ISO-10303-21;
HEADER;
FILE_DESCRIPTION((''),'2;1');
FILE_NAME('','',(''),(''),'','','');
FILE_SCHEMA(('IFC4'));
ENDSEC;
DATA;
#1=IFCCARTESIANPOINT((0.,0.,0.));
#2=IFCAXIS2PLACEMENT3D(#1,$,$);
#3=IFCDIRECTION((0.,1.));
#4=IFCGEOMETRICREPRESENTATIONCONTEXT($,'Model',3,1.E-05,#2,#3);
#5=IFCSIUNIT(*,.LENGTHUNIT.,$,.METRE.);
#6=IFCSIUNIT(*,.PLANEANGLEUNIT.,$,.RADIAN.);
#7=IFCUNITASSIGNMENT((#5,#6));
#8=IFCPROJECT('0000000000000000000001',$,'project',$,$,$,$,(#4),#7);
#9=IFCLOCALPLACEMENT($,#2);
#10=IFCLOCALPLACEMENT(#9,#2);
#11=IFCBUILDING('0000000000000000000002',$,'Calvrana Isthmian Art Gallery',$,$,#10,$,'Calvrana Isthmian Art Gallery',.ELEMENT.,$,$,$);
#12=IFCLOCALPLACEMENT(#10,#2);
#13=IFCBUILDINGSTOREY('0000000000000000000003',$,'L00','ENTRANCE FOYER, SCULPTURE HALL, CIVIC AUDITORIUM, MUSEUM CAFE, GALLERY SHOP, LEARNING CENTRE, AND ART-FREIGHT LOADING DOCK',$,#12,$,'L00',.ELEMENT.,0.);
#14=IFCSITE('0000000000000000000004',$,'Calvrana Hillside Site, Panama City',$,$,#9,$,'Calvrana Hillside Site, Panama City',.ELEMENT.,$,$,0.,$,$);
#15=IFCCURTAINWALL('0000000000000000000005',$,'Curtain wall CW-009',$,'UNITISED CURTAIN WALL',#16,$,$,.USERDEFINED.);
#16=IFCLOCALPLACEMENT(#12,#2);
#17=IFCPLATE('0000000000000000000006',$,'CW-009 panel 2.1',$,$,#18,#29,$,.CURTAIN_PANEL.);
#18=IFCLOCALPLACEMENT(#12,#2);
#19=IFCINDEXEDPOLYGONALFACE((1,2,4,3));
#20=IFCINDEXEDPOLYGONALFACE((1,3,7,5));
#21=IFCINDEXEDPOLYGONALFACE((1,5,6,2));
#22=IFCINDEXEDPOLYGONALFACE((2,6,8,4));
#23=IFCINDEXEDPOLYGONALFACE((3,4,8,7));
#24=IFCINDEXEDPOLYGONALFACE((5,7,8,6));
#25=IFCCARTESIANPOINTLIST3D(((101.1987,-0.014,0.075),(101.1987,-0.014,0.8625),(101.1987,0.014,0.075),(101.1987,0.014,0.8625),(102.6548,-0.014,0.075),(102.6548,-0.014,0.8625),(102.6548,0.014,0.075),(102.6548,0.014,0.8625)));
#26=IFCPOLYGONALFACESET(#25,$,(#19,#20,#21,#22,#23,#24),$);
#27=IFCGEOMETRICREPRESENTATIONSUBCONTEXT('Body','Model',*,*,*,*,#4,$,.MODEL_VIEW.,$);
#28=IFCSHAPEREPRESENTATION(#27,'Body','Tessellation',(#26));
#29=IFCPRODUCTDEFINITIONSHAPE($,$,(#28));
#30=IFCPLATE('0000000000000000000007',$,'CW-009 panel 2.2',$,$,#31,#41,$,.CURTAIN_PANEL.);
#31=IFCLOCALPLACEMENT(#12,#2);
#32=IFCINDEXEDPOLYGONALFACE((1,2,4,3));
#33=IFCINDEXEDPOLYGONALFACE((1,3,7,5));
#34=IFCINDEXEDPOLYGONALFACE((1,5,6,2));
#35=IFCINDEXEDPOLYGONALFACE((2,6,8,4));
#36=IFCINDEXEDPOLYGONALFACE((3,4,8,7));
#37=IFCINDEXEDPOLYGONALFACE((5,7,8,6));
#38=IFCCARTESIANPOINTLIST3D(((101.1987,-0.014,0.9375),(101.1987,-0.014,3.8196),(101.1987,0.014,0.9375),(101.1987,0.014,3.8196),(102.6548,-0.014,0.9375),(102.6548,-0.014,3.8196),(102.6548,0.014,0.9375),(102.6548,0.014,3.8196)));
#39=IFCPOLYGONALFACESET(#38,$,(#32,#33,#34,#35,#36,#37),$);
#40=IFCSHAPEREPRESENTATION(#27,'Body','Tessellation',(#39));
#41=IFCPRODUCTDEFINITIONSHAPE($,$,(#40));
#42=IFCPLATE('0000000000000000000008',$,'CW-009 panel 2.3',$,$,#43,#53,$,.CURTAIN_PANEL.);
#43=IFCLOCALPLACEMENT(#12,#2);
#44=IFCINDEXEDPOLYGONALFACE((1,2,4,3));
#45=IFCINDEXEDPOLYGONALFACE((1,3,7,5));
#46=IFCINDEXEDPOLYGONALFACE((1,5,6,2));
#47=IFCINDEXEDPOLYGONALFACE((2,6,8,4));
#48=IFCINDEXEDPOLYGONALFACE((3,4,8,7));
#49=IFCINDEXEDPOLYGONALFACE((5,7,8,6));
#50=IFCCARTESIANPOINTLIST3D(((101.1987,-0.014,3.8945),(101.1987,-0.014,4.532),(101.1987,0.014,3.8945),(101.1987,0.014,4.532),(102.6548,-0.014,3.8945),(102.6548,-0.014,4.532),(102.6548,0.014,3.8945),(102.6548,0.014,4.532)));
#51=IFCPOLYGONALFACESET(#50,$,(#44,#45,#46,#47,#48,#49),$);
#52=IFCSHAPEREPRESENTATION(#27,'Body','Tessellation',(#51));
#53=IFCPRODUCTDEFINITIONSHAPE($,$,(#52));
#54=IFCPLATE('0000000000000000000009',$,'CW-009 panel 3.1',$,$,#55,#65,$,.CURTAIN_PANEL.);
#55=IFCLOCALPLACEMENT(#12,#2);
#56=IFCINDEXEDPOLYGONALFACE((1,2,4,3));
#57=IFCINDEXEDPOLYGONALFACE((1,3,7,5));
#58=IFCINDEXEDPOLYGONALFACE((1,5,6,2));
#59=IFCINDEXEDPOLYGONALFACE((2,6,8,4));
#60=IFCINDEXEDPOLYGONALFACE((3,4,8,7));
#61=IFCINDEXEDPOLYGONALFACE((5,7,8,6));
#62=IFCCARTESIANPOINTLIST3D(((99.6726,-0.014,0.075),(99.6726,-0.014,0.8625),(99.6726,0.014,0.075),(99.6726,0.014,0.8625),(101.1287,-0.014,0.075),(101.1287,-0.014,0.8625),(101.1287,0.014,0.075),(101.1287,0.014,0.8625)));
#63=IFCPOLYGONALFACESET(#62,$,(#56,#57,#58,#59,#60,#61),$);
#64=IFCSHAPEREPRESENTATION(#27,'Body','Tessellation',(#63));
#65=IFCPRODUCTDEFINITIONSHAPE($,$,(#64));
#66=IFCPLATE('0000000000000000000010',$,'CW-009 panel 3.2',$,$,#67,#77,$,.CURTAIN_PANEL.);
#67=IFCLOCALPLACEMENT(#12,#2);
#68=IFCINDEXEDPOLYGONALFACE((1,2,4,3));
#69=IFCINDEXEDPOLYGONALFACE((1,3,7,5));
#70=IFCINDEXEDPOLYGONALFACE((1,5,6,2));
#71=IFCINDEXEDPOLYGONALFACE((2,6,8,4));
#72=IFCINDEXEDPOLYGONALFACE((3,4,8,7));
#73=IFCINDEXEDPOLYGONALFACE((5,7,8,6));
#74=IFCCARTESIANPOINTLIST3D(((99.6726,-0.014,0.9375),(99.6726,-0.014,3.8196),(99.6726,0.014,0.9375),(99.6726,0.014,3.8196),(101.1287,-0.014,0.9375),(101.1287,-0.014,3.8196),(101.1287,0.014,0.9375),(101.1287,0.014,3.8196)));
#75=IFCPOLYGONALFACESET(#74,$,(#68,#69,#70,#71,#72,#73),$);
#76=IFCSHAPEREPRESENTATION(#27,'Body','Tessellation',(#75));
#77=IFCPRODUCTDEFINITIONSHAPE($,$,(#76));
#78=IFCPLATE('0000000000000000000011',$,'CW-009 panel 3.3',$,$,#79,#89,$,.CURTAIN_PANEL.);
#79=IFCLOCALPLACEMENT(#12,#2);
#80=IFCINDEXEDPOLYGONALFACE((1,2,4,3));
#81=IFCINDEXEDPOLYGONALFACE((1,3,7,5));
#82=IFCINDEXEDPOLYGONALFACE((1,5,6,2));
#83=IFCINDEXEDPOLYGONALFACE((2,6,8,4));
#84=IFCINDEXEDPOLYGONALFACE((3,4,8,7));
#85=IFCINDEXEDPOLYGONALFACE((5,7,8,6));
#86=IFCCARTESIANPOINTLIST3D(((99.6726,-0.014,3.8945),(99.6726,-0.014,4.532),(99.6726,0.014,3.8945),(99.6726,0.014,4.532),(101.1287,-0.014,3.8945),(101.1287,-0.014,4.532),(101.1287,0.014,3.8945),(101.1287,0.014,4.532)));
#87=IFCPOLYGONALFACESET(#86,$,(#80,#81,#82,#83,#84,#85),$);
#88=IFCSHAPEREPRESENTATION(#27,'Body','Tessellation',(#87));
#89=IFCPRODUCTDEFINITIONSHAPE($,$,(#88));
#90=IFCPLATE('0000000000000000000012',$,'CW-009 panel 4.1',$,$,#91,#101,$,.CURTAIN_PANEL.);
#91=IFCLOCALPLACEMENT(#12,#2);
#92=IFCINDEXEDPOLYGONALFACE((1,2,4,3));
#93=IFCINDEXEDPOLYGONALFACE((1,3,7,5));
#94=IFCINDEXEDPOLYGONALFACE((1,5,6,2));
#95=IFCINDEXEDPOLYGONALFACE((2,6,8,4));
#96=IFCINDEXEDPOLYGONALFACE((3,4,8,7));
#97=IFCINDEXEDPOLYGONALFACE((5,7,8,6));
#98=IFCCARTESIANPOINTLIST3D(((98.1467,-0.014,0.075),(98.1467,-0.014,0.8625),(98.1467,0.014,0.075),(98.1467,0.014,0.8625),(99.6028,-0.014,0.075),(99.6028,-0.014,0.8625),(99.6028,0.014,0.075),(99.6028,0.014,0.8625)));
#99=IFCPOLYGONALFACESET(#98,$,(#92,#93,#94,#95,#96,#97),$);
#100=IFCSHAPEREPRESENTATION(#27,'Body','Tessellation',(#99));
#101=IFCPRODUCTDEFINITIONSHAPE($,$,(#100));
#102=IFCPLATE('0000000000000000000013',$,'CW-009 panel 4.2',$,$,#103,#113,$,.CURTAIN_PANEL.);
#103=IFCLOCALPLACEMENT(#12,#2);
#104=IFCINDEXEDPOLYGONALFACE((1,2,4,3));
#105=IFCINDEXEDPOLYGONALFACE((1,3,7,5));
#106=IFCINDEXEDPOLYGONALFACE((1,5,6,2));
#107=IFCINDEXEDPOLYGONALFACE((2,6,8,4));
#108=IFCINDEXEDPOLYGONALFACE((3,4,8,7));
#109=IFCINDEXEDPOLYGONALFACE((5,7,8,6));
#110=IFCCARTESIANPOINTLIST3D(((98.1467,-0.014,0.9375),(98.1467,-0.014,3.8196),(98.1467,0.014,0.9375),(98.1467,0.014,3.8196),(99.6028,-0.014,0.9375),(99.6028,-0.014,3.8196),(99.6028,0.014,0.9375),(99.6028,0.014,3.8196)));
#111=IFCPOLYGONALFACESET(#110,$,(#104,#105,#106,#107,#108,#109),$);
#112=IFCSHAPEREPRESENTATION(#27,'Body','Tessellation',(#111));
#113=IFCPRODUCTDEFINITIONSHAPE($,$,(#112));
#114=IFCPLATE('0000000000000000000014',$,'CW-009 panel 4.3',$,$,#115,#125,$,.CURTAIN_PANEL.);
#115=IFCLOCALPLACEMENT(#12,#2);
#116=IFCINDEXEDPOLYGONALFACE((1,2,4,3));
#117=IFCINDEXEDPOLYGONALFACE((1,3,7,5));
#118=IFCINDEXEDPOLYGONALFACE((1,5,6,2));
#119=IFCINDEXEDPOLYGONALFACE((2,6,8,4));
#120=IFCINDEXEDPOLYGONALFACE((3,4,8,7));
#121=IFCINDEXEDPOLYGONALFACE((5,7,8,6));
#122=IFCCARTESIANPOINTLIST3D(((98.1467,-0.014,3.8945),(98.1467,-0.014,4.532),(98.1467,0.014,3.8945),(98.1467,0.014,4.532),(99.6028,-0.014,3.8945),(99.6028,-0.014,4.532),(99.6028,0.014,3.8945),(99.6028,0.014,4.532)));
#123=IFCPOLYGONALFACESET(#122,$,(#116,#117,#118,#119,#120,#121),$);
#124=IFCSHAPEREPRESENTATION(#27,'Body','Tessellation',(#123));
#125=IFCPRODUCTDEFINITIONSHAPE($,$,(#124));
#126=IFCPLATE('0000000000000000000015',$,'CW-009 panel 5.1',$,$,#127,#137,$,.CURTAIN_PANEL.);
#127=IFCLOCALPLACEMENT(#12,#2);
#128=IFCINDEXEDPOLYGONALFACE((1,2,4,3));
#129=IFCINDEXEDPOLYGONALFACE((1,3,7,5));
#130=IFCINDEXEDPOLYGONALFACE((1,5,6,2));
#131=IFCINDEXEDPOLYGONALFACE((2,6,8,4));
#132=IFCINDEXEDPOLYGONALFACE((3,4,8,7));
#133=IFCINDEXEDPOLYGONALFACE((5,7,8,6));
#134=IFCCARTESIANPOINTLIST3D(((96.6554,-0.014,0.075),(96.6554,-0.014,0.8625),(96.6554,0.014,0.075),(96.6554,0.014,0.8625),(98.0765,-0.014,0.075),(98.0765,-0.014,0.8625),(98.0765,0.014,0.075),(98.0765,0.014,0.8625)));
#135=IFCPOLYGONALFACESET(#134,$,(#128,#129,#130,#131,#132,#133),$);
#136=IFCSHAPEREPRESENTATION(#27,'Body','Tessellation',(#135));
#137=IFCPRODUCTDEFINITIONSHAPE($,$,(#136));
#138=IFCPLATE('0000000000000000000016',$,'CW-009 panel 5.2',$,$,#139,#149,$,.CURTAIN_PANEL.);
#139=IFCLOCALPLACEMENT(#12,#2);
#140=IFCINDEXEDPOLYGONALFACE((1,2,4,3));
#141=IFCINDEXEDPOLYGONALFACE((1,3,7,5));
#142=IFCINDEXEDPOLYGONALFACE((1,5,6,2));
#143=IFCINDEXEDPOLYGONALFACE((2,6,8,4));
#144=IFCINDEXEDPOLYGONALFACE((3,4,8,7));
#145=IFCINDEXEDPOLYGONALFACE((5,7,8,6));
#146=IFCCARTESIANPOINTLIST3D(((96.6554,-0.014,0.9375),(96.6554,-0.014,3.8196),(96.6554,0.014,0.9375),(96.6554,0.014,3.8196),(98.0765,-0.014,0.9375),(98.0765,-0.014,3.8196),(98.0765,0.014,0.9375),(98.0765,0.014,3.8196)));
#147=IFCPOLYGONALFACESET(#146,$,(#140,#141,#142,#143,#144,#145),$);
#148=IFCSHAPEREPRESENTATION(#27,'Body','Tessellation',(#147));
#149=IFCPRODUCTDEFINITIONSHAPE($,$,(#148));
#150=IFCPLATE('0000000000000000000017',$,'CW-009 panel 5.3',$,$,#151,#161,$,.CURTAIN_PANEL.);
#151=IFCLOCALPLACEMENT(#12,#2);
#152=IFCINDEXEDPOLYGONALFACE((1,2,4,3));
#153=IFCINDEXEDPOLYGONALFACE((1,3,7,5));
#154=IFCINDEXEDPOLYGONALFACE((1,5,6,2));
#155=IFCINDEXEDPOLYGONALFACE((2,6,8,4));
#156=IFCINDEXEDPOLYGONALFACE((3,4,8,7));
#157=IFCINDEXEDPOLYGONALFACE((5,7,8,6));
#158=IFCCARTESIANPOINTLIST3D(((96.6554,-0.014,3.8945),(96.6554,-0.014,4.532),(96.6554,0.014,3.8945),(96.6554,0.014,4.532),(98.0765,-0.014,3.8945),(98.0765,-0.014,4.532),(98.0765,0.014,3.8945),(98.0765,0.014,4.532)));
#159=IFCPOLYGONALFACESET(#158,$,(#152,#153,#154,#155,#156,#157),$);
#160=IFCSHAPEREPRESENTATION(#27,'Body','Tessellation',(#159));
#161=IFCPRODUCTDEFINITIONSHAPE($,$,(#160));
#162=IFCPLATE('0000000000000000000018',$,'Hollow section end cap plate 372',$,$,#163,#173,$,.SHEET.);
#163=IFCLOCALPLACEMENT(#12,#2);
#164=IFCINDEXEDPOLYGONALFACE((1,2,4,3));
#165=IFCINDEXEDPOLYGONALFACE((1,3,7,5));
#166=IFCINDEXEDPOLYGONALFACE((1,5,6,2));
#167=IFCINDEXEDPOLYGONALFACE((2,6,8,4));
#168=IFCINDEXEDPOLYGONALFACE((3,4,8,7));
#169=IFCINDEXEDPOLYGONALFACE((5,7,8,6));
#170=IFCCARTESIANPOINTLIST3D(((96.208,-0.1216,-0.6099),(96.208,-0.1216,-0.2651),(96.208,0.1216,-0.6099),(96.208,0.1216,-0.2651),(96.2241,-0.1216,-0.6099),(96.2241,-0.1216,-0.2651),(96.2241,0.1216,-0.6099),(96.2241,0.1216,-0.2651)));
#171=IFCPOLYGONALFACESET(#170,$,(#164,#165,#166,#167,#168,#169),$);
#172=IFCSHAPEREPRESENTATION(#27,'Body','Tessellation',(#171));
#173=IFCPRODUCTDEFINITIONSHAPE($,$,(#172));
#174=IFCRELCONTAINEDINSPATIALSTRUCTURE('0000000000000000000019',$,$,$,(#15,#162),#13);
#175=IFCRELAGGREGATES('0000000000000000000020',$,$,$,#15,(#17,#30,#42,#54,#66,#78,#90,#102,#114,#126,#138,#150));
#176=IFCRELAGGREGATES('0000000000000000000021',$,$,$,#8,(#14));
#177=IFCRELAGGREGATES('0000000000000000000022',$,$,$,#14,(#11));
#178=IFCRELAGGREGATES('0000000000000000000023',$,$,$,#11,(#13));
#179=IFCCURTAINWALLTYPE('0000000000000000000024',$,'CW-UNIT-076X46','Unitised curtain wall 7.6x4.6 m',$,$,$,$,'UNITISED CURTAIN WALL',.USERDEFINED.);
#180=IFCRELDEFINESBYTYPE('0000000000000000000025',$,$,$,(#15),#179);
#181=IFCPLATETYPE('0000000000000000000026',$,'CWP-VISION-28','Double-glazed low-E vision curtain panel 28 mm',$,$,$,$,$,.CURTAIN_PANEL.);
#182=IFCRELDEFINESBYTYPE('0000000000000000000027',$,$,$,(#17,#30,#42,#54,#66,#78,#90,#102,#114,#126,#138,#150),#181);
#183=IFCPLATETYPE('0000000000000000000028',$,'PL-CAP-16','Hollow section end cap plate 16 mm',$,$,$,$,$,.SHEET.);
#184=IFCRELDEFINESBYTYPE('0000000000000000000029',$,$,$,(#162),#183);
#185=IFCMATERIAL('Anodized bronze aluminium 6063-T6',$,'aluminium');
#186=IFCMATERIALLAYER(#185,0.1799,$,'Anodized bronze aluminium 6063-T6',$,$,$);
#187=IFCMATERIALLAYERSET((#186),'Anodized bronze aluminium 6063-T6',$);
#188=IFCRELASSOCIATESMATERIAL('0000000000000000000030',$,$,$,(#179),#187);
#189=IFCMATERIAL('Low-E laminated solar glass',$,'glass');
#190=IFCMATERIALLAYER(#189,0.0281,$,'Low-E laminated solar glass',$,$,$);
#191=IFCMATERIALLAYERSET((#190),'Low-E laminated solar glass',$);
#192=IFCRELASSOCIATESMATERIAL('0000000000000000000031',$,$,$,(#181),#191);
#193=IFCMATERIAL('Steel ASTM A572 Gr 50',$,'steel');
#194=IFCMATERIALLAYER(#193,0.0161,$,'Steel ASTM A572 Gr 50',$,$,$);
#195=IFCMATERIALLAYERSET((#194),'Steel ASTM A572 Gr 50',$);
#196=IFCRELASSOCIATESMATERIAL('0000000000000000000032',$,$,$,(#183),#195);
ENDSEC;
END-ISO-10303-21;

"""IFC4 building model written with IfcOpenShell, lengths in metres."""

from ifc_helpers import new_model, si_unit, direction, frame, origin, origin_2d, place, context, subcontext, project, spatial, rectangle, extrude, material, layer, layer_set, type_object, element, aggregate, save


model = new_model("IFC4")

# Units and contexts
model_context = context("Model", 3, precision=1e-05, world=origin(), true_north=direction((0.0, 1.0)))
body_context = subcontext(model_context, "Body", "Model", "MODEL_VIEW")
ifc_project = project(units=[si_unit("LENGTHUNIT", "METRE"), si_unit("PLANEANGLEUNIT", "RADIAN")], contexts=[model_context])

# Site, building, storey
site_placement = place(None, origin())
site = spatial("IfcSite", under=ifc_project, at=site_placement, Name="Calvrana Hillside Site, Panama City", LongName="Calvrana Hillside Site, Panama City", CompositionType="ELEMENT", RefElevation=0.0)
building_placement = place(site_placement, origin())
building = spatial("IfcBuilding", under=site, at=building_placement, Name="Calvrana Isthmian Art Gallery", LongName="Calvrana Isthmian Art Gallery", CompositionType="ELEMENT")
storey_placement = place(building_placement, origin())
storey = spatial("IfcBuildingStorey", under=building, at=storey_placement, Name="L00", Description="ENTRANCE FOYER, SCULPTURE HALL, CIVIC AUDITORIUM, MUSEUM CAFE, GALLERY SHOP, LEARNING CENTRE, AND ART-FREIGHT LOADING DOCK", LongName="L00", CompositionType="ELEMENT", Elevation=0.0)

# Curtain wall, plates
ifc_material_1 = material(Name="Anodized bronze aluminium 6063-T6", Category="aluminium")
ifc_layer_1 = layer(ifc_material_1, 0.1799, Name="Anodized bronze aluminium 6063-T6")
ifc_layer_set_1 = layer_set([ifc_layer_1], Name="Anodized bronze aluminium 6063-T6")
curtain_wall_type = type_object("IfcCurtainWallType", Name="CW-UNIT-076X46", Description="Unitised curtain wall 7.6x4.6 m", ElementType="UNITISED CURTAIN WALL", PredefinedType="USERDEFINED", material=ifc_layer_set_1)
curtain_wall_placement = place(storey_placement, origin())
curtain_wall = element("IfcCurtainWall", 1, at=curtain_wall_placement, inside=storey, type_object=curtain_wall_type, Name="Curtain wall CW-009", ObjectType="UNITISED CURTAIN WALL", PredefinedType="USERDEFINED")
ifc_material_2 = material(Name="Low-E laminated solar glass", Category="glass")
ifc_layer_2 = layer(ifc_material_2, 0.0281, Name="Low-E laminated solar glass")
ifc_layer_set_2 = layer_set([ifc_layer_2], Name="Low-E laminated solar glass")
plate_type_1 = type_object("IfcPlateType", Name="CWP-VISION-28", Description="Double-glazed low-E vision curtain panel 28 mm", PredefinedType="CURTAIN_PANEL", material=ifc_layer_set_2)
plate_1_placement = place(storey_placement, frame((101.9268, 0.0, 0.075), z_axis=(0.0, 0.0, 1.0), x_axis=(-1.0, 0.0, 0.0)))
plate_1 = element("IfcPlate", 2, at=plate_1_placement, type_object=plate_type_1, Name="CW-009 panel 2.1", PredefinedType="CURTAIN_PANEL", context=body_context, shape_type="SweptSolid", body=[
    extrude(rectangle(XDim=1.4561, YDim=0.0281, at=origin_2d()), origin(), (0.0, 0.0, 1.0), 0.7876),
])
plate_2_placement = place(storey_placement, frame((101.9268, 0.0, 0.9375), z_axis=(0.0, 0.0, 1.0), x_axis=(-1.0, 0.0, 0.0)))
plate_2 = element("IfcPlate", 3, at=plate_2_placement, type_object=plate_type_1, Name="CW-009 panel 2.2", PredefinedType="CURTAIN_PANEL", context=body_context, shape_type="SweptSolid", body=[
    extrude(rectangle(XDim=1.4561, YDim=0.0281, at=origin_2d()), origin(), (0.0, 0.0, 1.0), 2.8821),
])
plate_3_placement = place(storey_placement, frame((101.9268, 0.0, 3.8945), z_axis=(0.0, 0.0, 1.0), x_axis=(-1.0, 0.0, 0.0)))
plate_3 = element("IfcPlate", 4, at=plate_3_placement, type_object=plate_type_1, Name="CW-009 panel 2.3", PredefinedType="CURTAIN_PANEL", context=body_context, shape_type="SweptSolid", body=[
    extrude(rectangle(XDim=1.4561, YDim=0.0281, at=origin_2d()), origin(), (0.0, 0.0, 1.0), 0.6375),
])
plate_4_placement = place(storey_placement, frame((100.4006, 0.0, 0.075), z_axis=(0.0, 0.0, 1.0), x_axis=(-1.0, 0.0, 0.0)))
plate_4 = element("IfcPlate", 5, at=plate_4_placement, type_object=plate_type_1, Name="CW-009 panel 3.1", PredefinedType="CURTAIN_PANEL", context=body_context, shape_type="SweptSolid", body=[
    extrude(rectangle(XDim=1.4561, YDim=0.0281, at=origin_2d()), origin(), (0.0, 0.0, 1.0), 0.7876),
])
plate_5_placement = place(storey_placement, frame((100.4006, 0.0, 0.9375), z_axis=(0.0, 0.0, 1.0), x_axis=(-1.0, 0.0, 0.0)))
plate_5 = element("IfcPlate", 6, at=plate_5_placement, type_object=plate_type_1, Name="CW-009 panel 3.2", PredefinedType="CURTAIN_PANEL", context=body_context, shape_type="SweptSolid", body=[
    extrude(rectangle(XDim=1.4561, YDim=0.0281, at=origin_2d()), origin(), (0.0, 0.0, 1.0), 2.8821),
])
plate_6_placement = place(storey_placement, frame((100.4006, 0.0, 3.8945), z_axis=(0.0, 0.0, 1.0), x_axis=(-1.0, 0.0, 0.0)))
plate_6 = element("IfcPlate", 7, at=plate_6_placement, type_object=plate_type_1, Name="CW-009 panel 3.3", PredefinedType="CURTAIN_PANEL", context=body_context, shape_type="SweptSolid", body=[
    extrude(rectangle(XDim=1.4561, YDim=0.0281, at=origin_2d()), origin(), (0.0, 0.0, 1.0), 0.6375),
])
plate_7_placement = place(storey_placement, frame((98.8748, 0.0, 0.075), z_axis=(0.0, 0.0, 1.0), x_axis=(-1.0, 0.0, 0.0)))
plate_7 = element("IfcPlate", 8, at=plate_7_placement, type_object=plate_type_1, Name="CW-009 panel 4.1", PredefinedType="CURTAIN_PANEL", context=body_context, shape_type="SweptSolid", body=[
    extrude(rectangle(XDim=1.4561, YDim=0.0281, at=origin_2d()), origin(), (0.0, 0.0, 1.0), 0.7876),
])
plate_8_placement = place(storey_placement, frame((98.8748, 0.0, 0.9375), z_axis=(0.0, 0.0, 1.0), x_axis=(-1.0, 0.0, 0.0)))
plate_8 = element("IfcPlate", 9, at=plate_8_placement, type_object=plate_type_1, Name="CW-009 panel 4.2", PredefinedType="CURTAIN_PANEL", context=body_context, shape_type="SweptSolid", body=[
    extrude(rectangle(XDim=1.4561, YDim=0.0281, at=origin_2d()), origin(), (0.0, 0.0, 1.0), 2.8821),
])
plate_9_placement = place(storey_placement, frame((98.8748, 0.0, 3.8945), z_axis=(0.0, 0.0, 1.0), x_axis=(-1.0, 0.0, 0.0)))
plate_9 = element("IfcPlate", 10, at=plate_9_placement, type_object=plate_type_1, Name="CW-009 panel 4.3", PredefinedType="CURTAIN_PANEL", context=body_context, shape_type="SweptSolid", body=[
    extrude(rectangle(XDim=1.4561, YDim=0.0281, at=origin_2d()), origin(), (0.0, 0.0, 1.0), 0.6375),
])
plate_10_placement = place(storey_placement, frame((97.366, 0.0, 0.075), z_axis=(0.0, 0.0, 1.0), x_axis=(-1.0, 0.0, 0.0)))
plate_10 = element("IfcPlate", 11, at=plate_10_placement, type_object=plate_type_1, Name="CW-009 panel 5.1", PredefinedType="CURTAIN_PANEL", context=body_context, shape_type="SweptSolid", body=[
    extrude(rectangle(XDim=1.4211, YDim=0.0281, at=origin_2d()), origin(), (0.0, 0.0, 1.0), 0.7876),
])
plate_11_placement = place(storey_placement, frame((97.366, 0.0, 0.9375), z_axis=(0.0, 0.0, 1.0), x_axis=(-1.0, 0.0, 0.0)))
plate_11 = element("IfcPlate", 12, at=plate_11_placement, type_object=plate_type_1, Name="CW-009 panel 5.2", PredefinedType="CURTAIN_PANEL", context=body_context, shape_type="SweptSolid", body=[
    extrude(rectangle(XDim=1.4211, YDim=0.0281, at=origin_2d()), origin(), (0.0, 0.0, 1.0), 2.8821),
])
plate_12_placement = place(storey_placement, frame((97.366, 0.0, 3.8945), z_axis=(0.0, 0.0, 1.0), x_axis=(-1.0, 0.0, 0.0)))
plate_12 = element("IfcPlate", 13, at=plate_12_placement, type_object=plate_type_1, Name="CW-009 panel 5.3", PredefinedType="CURTAIN_PANEL", context=body_context, shape_type="SweptSolid", body=[
    extrude(rectangle(XDim=1.4211, YDim=0.0281, at=origin_2d()), origin(), (0.0, 0.0, 1.0), 0.6375),
])
aggregate(curtain_wall, [plate_1, plate_2, plate_3, plate_4, plate_5, plate_6, plate_7, plate_8, plate_9, plate_10, plate_11, plate_12])

# Plate
ifc_material_3 = material(Name="Steel ASTM A572 Gr 50", Category="steel")
ifc_layer_3 = layer(ifc_material_3, 0.0161, Name="Steel ASTM A572 Gr 50")
ifc_layer_set_3 = layer_set([ifc_layer_3], Name="Steel ASTM A572 Gr 50")
plate_type_2 = type_object("IfcPlateType", Name="PL-CAP-16", Description="Hollow section end cap plate 16 mm", PredefinedType="SHEET", material=ifc_layer_set_3)
plate_13_placement = place(storey_placement, frame((96.2161, 0.0, -0.6099), z_axis=(0.0, 0.0, 1.0), x_axis=(1.0, 0.0, 0.0)))
element("IfcPlate", 14, at=plate_13_placement, inside=storey, type_object=plate_type_2, Name="Hollow section end cap plate 372", PredefinedType="SHEET", context=body_context, shape_type="SweptSolid", body=[
    extrude(rectangle(XDim=0.0161, YDim=0.2432, at=origin_2d()), origin(), (0.0, 0.0, 1.0), 0.3447),
])

save(model, "model.ifc")
